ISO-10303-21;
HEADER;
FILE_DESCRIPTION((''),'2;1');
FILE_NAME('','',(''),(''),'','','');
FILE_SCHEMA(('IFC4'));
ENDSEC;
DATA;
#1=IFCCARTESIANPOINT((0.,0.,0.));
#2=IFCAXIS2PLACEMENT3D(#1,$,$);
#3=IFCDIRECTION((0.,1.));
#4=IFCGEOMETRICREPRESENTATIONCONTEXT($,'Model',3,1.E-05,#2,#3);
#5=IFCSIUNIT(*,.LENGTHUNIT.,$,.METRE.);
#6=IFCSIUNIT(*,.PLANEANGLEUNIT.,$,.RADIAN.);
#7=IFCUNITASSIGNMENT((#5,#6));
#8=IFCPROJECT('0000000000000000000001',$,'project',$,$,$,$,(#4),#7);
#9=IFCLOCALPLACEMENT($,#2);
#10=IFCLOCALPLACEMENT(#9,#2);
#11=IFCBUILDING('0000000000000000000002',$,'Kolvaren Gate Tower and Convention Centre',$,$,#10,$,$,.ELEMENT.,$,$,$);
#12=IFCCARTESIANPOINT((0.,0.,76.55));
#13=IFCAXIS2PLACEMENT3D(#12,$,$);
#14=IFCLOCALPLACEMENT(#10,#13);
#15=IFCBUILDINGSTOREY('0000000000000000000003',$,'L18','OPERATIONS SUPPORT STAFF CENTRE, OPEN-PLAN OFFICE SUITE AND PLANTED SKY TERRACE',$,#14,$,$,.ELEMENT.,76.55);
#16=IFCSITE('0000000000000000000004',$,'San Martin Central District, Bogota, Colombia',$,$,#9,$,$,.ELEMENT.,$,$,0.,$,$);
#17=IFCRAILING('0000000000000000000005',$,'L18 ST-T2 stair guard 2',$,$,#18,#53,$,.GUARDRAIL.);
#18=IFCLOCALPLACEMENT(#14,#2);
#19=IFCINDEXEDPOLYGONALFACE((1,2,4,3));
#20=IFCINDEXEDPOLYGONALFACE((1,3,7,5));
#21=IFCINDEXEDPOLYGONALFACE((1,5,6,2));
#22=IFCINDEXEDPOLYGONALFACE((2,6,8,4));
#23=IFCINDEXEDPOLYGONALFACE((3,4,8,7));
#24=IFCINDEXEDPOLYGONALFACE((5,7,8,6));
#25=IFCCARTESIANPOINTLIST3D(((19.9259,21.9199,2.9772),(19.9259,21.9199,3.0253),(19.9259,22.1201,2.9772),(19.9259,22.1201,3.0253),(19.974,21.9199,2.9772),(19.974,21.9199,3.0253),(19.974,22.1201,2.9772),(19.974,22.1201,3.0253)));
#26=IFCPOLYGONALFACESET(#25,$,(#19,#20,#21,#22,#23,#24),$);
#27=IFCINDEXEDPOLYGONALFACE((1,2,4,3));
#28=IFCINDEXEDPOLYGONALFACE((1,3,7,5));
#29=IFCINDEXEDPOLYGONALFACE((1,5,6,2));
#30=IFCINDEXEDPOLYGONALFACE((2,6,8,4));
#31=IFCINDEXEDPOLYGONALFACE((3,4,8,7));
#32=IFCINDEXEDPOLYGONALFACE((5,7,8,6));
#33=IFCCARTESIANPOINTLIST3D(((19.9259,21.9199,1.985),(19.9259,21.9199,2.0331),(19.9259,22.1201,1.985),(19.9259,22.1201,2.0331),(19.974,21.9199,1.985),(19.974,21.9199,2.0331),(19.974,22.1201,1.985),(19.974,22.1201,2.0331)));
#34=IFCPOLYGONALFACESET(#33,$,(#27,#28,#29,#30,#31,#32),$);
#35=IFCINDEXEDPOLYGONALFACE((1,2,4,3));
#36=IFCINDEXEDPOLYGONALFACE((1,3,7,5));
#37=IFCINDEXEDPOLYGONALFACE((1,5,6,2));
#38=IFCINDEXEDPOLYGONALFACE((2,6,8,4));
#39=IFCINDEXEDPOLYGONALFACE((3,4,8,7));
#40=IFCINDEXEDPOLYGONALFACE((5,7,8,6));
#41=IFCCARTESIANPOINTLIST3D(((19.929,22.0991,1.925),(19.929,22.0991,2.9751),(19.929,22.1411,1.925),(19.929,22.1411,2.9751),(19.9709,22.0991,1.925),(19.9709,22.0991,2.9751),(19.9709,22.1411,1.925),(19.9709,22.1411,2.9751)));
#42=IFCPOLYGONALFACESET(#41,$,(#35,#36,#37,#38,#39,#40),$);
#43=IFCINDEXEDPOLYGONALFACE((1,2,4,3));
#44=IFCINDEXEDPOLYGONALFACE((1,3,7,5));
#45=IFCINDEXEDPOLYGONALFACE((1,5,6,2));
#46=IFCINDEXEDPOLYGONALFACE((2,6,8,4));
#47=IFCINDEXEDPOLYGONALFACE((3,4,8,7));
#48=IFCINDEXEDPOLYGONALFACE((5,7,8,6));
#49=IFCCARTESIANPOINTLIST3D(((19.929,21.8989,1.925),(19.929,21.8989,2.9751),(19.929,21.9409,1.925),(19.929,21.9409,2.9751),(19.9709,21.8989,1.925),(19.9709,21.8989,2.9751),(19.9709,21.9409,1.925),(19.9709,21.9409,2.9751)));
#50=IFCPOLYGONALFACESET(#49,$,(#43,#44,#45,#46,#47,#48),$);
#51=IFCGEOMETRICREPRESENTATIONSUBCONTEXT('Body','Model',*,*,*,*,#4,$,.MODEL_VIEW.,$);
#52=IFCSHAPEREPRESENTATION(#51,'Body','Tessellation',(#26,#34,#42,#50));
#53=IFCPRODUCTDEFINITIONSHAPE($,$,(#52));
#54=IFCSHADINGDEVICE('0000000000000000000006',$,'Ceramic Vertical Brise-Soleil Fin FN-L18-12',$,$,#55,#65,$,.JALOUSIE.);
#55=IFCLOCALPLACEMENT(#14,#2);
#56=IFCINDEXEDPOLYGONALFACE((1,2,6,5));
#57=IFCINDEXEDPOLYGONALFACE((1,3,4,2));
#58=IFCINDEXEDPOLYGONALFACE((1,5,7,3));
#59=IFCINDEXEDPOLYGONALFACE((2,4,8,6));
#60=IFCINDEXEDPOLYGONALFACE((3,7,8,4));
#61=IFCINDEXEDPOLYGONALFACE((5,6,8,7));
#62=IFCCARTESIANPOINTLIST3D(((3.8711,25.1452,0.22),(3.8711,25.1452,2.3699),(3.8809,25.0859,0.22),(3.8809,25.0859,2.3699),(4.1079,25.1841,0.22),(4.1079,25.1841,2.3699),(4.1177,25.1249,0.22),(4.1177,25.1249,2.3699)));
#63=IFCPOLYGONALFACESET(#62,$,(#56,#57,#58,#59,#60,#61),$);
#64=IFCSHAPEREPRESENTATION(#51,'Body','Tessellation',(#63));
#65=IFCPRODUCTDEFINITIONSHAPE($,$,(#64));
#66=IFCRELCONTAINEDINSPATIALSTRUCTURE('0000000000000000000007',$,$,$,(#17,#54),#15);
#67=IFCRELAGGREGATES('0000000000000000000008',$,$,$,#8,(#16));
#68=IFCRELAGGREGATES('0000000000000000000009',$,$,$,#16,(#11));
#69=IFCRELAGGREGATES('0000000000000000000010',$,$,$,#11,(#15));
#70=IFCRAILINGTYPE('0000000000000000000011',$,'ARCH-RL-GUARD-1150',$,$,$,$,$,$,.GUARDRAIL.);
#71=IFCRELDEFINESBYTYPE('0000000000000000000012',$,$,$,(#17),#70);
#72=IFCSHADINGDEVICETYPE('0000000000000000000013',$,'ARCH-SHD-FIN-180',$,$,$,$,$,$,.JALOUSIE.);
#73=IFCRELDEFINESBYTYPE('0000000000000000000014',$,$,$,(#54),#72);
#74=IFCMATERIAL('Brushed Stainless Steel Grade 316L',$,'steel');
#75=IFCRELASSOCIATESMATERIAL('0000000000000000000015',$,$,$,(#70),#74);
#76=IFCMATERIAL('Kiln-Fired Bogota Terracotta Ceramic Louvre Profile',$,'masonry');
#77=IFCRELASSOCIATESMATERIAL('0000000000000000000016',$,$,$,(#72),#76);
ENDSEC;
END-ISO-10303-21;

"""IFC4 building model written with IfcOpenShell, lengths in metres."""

from ifc_helpers import new_model, si_unit, direction, frame, origin, origin_2d, place, context, subcontext, project, spatial, rectangle, extrude, material, type_object, element, save


model = new_model("IFC4")

# Units and contexts
model_context = context("Model", 3, precision=1e-05, world=origin(), true_north=direction((0.0, 1.0)))
body_context = subcontext(model_context, "Body", "Model", "MODEL_VIEW")
ifc_project = project(units=[si_unit("LENGTHUNIT", "METRE"), si_unit("PLANEANGLEUNIT", "RADIAN")], contexts=[model_context])

# Site, building, storey
site_placement = place(None, origin())
site = spatial("IfcSite", under=ifc_project, at=site_placement, Name="San Martin Central District, Bogota, Colombia", CompositionType="ELEMENT", RefElevation=0.0)
building_placement = place(site_placement, origin())
building = spatial("IfcBuilding", under=site, at=building_placement, Name="Kolvaren Gate Tower and Convention Centre", CompositionType="ELEMENT")
storey_placement = place(building_placement, frame((0.0, 0.0, 76.55)))
storey = spatial("IfcBuildingStorey", under=building, at=storey_placement, Name="L18", Description="OPERATIONS SUPPORT STAFF CENTRE, OPEN-PLAN OFFICE SUITE AND PLANTED SKY TERRACE", CompositionType="ELEMENT", Elevation=76.55)

# Shared definitions
ifc_material_1 = material(Name="Brushed Stainless Steel Grade 316L", Category="steel")

# Railing
railing_type = type_object("IfcRailingType", Name="ARCH-RL-GUARD-1150", PredefinedType="GUARDRAIL", material=ifc_material_1)
railing_1_placement = place(storey_placement, frame((19.95, 22.1201, 1.925)))
element("IfcRailing", 1, at=railing_1_placement, inside=storey, type_object=railing_type, Name="L18 ST-T2 stair guard 2", PredefinedType="GUARDRAIL", context=body_context, shape_type="SweptSolid", body=[
    extrude(rectangle(XDim=0.0481, YDim=0.0481, at=origin_2d()), frame((0.0, 0.0, 1.0762), z_axis=(0.0, -1.0, 0.0), x_axis=(1.0, 0.0, 0.0)), (0.0, 0.0, 1.0), 0.2002),
    extrude(rectangle(XDim=0.0481, YDim=0.0481, at=origin_2d()), frame((0.0, 0.0, 0.084), z_axis=(0.0, -1.0, 0.0), x_axis=(1.0, 0.0, 0.0)), (0.0, 0.0, 1.0), 0.2002),
    extrude(rectangle(XDim=0.042, YDim=0.042, at=origin_2d()), origin(), (0.0, 0.0, 1.0), 1.05),
    extrude(rectangle(XDim=0.042, YDim=0.042, at=origin_2d()), frame((0.0, -0.2002, 0.0)), (0.0, 0.0, 1.0), 1.05),
])

# Shading device
ifc_material_2 = material(Name="Kiln-Fired Bogota Terracotta Ceramic Louvre Profile", Category="masonry")
shading_device_type = type_object("IfcShadingDeviceType", Name="ARCH-SHD-FIN-180", PredefinedType="JALOUSIE", material=ifc_material_2)
shading_device_placement = place(storey_placement, frame((3.9944, 25.135, 0.22), z_axis=(0.0, 0.0, 1.0), x_axis=(0.162375, -0.986729, 0.0)))
element("IfcShadingDevice", 2, at=shading_device_placement, inside=storey, type_object=shading_device_type, Name="Ceramic Vertical Brise-Soleil Fin FN-L18-12", PredefinedType="JALOUSIE", context=body_context, shape_type="SweptSolid", body=[
    extrude(rectangle(XDim=0.0601, YDim=0.24, at=origin_2d()), origin(), (0.0, 0.0, 1.0), 2.1499),
])

save(model, "model.ifc")
